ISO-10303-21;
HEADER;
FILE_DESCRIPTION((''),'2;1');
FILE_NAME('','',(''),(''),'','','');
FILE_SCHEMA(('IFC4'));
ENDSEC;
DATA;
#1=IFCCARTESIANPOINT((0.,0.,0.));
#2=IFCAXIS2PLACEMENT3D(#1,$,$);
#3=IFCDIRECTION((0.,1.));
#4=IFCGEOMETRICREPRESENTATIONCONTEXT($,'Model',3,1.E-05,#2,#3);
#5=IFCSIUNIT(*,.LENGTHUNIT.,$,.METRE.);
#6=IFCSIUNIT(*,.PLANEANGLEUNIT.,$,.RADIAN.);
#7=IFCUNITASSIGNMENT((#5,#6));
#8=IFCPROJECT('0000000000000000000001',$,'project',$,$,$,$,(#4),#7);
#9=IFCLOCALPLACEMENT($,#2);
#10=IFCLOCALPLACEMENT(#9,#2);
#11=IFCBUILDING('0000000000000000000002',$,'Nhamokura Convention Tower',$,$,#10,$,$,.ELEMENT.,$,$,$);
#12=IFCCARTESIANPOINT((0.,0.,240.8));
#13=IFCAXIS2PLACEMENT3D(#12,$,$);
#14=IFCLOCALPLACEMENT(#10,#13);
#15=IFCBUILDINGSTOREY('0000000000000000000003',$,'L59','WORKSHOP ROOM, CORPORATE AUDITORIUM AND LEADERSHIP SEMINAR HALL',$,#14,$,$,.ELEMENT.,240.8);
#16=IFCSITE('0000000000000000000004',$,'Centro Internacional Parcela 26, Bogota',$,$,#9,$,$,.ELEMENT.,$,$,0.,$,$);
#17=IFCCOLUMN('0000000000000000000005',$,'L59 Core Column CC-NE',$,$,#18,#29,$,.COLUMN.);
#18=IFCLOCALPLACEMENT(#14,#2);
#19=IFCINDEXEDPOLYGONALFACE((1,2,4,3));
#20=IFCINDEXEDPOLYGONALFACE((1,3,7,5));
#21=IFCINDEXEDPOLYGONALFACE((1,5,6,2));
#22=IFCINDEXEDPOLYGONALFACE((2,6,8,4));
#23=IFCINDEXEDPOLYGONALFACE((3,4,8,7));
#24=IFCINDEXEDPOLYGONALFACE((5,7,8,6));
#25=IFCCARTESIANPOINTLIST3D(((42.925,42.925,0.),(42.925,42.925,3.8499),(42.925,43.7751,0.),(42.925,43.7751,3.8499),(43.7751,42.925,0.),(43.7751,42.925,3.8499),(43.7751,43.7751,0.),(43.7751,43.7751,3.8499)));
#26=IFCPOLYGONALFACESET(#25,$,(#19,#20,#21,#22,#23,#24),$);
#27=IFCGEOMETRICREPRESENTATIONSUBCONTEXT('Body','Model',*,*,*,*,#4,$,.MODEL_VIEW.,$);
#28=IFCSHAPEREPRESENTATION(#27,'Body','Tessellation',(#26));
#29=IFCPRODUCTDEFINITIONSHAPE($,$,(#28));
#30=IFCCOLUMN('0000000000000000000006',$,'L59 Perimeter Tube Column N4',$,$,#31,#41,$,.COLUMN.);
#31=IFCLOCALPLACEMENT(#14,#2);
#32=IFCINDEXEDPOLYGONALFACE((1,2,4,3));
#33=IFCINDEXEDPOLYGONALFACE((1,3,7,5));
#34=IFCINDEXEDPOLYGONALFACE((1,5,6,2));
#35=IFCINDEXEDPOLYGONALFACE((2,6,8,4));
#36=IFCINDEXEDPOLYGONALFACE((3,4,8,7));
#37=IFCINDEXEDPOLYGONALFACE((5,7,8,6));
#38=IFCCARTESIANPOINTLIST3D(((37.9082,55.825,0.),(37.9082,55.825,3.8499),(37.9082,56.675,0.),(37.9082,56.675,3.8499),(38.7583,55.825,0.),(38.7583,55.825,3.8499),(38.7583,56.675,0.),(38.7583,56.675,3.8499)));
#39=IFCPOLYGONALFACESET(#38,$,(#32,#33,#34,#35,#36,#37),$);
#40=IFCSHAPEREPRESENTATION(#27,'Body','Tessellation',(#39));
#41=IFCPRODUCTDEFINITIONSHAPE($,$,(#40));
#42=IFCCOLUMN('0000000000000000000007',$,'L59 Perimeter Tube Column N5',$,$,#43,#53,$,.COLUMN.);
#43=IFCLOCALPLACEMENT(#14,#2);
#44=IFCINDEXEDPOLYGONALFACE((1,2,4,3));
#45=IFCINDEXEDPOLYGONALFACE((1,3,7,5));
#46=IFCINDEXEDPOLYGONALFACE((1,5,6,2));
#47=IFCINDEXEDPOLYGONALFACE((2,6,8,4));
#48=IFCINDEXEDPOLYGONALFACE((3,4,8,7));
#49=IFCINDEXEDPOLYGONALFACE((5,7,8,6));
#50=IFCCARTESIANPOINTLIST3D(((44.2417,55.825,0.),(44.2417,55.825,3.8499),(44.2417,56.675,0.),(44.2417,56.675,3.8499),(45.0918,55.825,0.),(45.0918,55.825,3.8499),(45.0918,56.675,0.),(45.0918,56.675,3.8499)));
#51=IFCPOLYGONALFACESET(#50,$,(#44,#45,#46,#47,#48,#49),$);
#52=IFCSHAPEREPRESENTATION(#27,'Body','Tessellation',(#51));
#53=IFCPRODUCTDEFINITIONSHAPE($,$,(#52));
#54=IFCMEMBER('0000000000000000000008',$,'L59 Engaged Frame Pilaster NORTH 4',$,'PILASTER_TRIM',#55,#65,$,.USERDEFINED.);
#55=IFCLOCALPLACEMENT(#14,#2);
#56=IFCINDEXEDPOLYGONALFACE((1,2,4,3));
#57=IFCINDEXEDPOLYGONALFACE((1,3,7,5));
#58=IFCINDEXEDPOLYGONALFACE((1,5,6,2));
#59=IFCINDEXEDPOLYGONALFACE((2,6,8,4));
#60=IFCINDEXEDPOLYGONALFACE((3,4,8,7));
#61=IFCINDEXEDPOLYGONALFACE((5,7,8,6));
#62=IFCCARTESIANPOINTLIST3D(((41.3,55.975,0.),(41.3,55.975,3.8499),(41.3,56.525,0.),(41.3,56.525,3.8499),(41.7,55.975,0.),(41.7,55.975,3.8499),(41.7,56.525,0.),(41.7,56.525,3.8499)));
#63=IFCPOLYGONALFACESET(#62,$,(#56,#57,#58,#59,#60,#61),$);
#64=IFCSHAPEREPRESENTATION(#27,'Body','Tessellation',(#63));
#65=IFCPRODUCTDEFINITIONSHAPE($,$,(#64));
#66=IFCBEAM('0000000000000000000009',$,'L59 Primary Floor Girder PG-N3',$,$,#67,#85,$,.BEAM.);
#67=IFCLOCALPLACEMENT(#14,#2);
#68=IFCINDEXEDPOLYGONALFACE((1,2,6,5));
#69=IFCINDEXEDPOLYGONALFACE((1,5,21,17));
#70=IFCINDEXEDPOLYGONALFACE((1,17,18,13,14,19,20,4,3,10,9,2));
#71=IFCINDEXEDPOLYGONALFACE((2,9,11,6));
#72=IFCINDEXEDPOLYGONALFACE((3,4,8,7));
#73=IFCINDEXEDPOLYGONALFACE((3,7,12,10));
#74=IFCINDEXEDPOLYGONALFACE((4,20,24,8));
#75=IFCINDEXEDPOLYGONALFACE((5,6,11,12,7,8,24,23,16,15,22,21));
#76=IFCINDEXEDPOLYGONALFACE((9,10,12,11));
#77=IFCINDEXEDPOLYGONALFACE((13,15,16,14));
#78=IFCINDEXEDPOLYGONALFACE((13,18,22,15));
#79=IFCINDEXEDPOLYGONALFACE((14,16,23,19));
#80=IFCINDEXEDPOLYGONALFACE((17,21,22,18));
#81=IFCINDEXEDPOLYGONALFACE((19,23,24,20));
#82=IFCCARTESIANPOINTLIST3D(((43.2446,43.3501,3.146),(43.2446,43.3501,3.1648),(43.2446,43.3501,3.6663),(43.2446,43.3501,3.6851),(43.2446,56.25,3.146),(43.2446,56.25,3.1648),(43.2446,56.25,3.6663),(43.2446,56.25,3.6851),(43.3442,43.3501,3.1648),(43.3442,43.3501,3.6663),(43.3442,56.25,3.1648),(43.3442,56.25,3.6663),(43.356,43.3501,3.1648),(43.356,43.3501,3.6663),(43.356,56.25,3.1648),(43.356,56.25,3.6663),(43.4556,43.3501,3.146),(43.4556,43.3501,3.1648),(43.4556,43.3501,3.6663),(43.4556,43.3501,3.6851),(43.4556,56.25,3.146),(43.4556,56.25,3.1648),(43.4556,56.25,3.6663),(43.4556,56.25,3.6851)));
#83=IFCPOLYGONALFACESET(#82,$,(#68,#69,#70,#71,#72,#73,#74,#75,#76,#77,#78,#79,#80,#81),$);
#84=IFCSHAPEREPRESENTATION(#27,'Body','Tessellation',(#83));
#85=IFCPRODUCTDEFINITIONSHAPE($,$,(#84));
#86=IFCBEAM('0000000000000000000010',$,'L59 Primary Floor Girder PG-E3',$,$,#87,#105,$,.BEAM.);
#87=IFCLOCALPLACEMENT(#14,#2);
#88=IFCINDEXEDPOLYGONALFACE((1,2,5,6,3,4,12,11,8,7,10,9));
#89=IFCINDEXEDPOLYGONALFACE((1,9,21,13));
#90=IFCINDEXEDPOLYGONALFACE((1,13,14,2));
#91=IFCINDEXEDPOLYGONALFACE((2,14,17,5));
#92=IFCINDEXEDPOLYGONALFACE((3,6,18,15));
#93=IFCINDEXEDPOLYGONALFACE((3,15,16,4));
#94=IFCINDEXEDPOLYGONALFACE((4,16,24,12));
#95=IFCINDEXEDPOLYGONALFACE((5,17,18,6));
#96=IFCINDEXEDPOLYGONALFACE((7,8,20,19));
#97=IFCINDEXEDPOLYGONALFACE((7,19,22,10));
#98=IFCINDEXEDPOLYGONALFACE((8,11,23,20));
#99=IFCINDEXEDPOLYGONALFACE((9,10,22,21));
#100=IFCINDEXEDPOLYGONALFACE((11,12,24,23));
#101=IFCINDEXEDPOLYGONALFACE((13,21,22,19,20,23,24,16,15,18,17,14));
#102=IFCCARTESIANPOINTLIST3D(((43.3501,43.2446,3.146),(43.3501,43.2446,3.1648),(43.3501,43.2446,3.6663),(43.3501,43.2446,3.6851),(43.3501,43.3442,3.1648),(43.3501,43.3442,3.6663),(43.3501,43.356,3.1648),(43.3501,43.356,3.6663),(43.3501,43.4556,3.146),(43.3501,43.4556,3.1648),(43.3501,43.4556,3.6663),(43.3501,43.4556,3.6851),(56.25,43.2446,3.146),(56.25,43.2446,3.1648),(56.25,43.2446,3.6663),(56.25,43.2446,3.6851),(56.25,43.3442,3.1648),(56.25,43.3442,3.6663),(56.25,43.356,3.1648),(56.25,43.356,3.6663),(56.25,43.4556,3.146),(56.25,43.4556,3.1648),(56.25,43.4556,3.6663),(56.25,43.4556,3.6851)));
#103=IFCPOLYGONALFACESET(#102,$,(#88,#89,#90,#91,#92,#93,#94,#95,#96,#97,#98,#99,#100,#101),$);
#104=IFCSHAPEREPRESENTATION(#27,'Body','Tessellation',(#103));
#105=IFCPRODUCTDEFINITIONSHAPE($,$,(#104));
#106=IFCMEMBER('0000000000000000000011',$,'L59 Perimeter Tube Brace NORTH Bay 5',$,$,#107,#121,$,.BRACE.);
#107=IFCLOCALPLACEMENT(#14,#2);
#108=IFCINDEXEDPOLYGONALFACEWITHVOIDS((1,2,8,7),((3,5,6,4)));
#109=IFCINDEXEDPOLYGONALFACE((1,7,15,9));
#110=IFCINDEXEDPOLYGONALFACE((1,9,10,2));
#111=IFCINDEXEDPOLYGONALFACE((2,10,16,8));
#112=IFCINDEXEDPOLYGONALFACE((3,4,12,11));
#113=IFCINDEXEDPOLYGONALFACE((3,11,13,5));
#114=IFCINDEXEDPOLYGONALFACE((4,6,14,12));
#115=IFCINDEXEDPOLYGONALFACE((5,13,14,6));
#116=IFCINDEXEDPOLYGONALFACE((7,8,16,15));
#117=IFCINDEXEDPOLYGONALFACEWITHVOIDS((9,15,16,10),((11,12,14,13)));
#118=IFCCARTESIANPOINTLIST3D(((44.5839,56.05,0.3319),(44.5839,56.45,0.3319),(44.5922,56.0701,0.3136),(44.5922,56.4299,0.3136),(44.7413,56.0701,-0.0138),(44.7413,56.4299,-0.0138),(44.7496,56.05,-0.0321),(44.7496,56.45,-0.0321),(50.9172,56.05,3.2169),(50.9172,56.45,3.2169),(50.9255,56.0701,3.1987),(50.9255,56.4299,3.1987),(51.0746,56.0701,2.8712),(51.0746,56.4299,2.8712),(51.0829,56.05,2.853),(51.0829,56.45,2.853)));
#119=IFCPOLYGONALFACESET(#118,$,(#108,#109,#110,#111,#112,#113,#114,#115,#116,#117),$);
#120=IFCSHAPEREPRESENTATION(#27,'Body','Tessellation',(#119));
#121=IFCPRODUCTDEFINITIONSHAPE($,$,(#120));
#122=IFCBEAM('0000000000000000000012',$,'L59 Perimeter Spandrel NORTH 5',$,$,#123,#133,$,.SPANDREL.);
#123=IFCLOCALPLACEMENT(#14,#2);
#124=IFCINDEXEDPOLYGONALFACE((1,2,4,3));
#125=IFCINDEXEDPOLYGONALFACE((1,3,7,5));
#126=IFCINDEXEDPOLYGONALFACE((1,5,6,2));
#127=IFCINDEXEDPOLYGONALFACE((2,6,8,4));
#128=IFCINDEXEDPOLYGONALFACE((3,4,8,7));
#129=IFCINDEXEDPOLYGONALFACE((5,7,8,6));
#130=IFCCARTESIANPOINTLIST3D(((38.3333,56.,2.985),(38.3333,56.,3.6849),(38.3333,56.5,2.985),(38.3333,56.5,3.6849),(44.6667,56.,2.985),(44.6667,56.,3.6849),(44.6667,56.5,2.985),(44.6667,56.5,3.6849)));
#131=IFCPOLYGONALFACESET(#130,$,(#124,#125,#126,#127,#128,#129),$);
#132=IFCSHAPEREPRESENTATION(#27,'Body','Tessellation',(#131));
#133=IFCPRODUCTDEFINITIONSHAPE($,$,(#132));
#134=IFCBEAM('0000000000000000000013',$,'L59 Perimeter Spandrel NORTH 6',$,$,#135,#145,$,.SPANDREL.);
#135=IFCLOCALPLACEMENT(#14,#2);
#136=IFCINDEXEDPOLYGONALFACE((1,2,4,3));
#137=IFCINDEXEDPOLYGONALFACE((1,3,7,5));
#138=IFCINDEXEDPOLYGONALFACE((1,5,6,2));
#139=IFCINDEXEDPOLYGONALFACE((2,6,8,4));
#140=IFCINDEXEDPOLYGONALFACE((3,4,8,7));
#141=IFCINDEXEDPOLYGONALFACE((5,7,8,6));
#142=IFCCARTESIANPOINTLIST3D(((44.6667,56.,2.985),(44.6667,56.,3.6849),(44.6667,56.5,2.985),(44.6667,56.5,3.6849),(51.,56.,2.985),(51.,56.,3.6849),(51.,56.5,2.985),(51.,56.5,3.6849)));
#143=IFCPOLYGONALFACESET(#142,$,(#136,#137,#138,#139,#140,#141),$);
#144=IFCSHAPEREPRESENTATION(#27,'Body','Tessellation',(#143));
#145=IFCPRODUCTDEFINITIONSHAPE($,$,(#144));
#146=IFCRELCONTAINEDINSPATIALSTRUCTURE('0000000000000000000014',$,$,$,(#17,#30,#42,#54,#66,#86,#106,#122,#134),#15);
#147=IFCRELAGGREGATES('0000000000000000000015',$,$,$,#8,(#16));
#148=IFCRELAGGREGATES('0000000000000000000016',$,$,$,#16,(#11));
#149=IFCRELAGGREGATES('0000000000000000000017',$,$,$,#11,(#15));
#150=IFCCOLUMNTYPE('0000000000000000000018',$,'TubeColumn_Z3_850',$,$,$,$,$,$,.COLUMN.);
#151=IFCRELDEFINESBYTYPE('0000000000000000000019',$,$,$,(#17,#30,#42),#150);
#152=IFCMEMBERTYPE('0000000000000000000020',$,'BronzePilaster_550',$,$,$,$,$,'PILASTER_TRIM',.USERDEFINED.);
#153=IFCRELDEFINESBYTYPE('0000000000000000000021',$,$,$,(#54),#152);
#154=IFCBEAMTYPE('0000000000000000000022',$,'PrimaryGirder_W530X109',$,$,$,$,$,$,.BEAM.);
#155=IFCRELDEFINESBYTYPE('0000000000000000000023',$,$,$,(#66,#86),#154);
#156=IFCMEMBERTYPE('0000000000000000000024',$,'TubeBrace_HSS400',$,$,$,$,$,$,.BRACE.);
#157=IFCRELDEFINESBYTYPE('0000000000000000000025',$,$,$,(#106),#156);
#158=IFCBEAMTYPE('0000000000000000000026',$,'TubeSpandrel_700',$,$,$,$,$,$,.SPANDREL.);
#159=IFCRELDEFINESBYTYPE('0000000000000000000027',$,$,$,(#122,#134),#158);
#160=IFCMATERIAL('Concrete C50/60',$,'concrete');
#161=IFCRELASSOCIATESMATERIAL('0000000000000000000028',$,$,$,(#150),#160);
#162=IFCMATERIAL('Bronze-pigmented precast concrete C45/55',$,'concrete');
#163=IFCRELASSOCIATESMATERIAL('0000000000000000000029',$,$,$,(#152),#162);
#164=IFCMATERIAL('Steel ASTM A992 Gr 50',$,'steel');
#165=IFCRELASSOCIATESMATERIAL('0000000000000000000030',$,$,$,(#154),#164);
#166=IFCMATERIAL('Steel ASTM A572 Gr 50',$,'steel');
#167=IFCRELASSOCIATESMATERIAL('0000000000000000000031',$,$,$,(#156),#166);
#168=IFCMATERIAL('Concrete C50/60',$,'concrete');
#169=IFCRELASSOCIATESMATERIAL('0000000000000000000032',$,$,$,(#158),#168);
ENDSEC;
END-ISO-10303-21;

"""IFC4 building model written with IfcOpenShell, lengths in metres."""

from ifc_helpers import new_model, si_unit, direction, frame, origin, origin_2d, place, context, subcontext, project, spatial, rectangle, hollow_rectangle, i_section, extrude, material, material_profile, profile_set, type_object, element, save


model = new_model("IFC4")

# Units and contexts
model_context = context("Model", 3, precision=1e-05, world=origin(), true_north=direction((0.0, 1.0)))
body_context = subcontext(model_context, "Body", "Model", "MODEL_VIEW")
ifc_project = project(units=[si_unit("LENGTHUNIT", "METRE"), si_unit("PLANEANGLEUNIT", "RADIAN")], contexts=[model_context])

# Site, building, storey
site_placement = place(None, origin())
site = spatial("IfcSite", under=ifc_project, at=site_placement, Name="Centro Internacional Parcela 26, Bogota", CompositionType="ELEMENT", RefElevation=0.0)
building_placement = place(site_placement, origin())
building = spatial("IfcBuilding", under=site, at=building_placement, Name="Nhamokura Convention Tower", CompositionType="ELEMENT")
storey_placement = place(building_placement, frame((0.0, 0.0, 240.8)))
storey = spatial("IfcBuildingStorey", under=building, at=storey_placement, Name="L59", Description="WORKSHOP ROOM, CORPORATE AUDITORIUM AND LEADERSHIP SEMINAR HALL", CompositionType="ELEMENT", Elevation=240.8)

# Columns
ifc_material_1 = material(Name="Concrete C50/60", Category="concrete")
ifc_material_profile_1 = material_profile(ifc_material_1, rectangle(XDim=0.8501, YDim=0.8501, at=origin_2d()))
ifc_profile_set_1 = profile_set([ifc_material_profile_1], Name="Concrete C50/60")
column_type = type_object("IfcColumnType", Name="TubeColumn_Z3_850", PredefinedType="COLUMN", material=ifc_profile_set_1)
for number, where, z_axis, x_axis, name in (
    (1, (43.3501, 43.3501, 0.0), (0.0, 0.0, 1.0), (1.0, 0.0, 0.0), "L59 Core Column CC-NE"),
    (2, (38.3333, 56.25, 0.0), (0.0, 0.0, 1.0), (1.0, 0.0, 0.0), "L59 Perimeter Tube Column N4"),
    (3, (44.6667, 56.25, 0.0), (0.0, 0.0, 1.0), (1.0, 0.0, 0.0), "L59 Perimeter Tube Column N5"),
):
    element("IfcColumn", number, at=place(storey_placement, frame(where, z_axis=z_axis, x_axis=x_axis)), inside=storey, type_object=column_type, Name=name, PredefinedType="COLUMN", context=body_context, shape_type="SweptSolid", body=[
        extrude(rectangle(XDim=0.8501, YDim=0.8501, at=origin_2d()), origin(), (0.0, 0.0, 1.0), 3.8499),
    ])

# Member
ifc_material_2 = material(Name="Bronze-pigmented precast concrete C45/55", Category="concrete")
ifc_material_profile_2 = material_profile(ifc_material_2, rectangle(XDim=0.3999, YDim=0.55, at=origin_2d()))
ifc_profile_set_2 = profile_set([ifc_material_profile_2], Name="Bronze-pigmented precast concrete C45/55")
member_type_1 = type_object("IfcMemberType", Name="BronzePilaster_550", ElementType="PILASTER_TRIM", PredefinedType="USERDEFINED", material=ifc_profile_set_2)
member_1_placement = place(storey_placement, frame((41.5, 56.25, 0.0), z_axis=(0.0, 0.0, 1.0), x_axis=(1.0, 0.0, 0.0)))
element("IfcMember", 4, at=member_1_placement, inside=storey, type_object=member_type_1, Name="L59 Engaged Frame Pilaster NORTH 4", ObjectType="PILASTER_TRIM", PredefinedType="USERDEFINED", context=body_context, shape_type="SweptSolid", body=[
    extrude(rectangle(XDim=0.3999, YDim=0.55, at=origin_2d()), origin(), (0.0, 0.0, 1.0), 3.8499),
])

# Beams
ifc_material_3 = material(Name="Steel ASTM A992 Gr 50", Category="steel")
ifc_material_profile_3 = material_profile(ifc_material_3, i_section(OverallWidth=0.2109, OverallDepth=0.5391, WebThickness=0.0117, FlangeThickness=0.0188, at=origin_2d()))
ifc_profile_set_3 = profile_set([ifc_material_profile_3], Name="Steel ASTM A992 Gr 50")
beam_type_1 = type_object("IfcBeamType", Name="PrimaryGirder_W530X109", PredefinedType="BEAM", material=ifc_profile_set_3)
for number, where, z_axis, x_axis, name in (
    (5, (43.3501, 43.3501, 3.4155), (0.0, 1.0, 0.0), (-1.0, 0.0, 0.0), "L59 Primary Floor Girder PG-N3"),
    (6, (43.3501, 43.3501, 3.4155), (1.0, 0.0, 0.0), (0.0, 1.0, 0.0), "L59 Primary Floor Girder PG-E3"),
):
    element("IfcBeam", number, at=place(storey_placement, frame(where, z_axis=z_axis, x_axis=x_axis)), inside=storey, type_object=beam_type_1, Name=name, PredefinedType="BEAM", context=body_context, shape_type="SweptSolid", body=[
        extrude(i_section(OverallWidth=0.2109, OverallDepth=0.5391, WebThickness=0.0117, FlangeThickness=0.0188, at=origin_2d()), origin(), (0.0, 0.0, 1.0), 12.8999),
    ])

# Member
ifc_material_4 = material(Name="Steel ASTM A572 Gr 50", Category="steel")
ifc_material_profile_4 = material_profile(ifc_material_4, hollow_rectangle(XDim=0.3999, YDim=0.3999, WallThickness=0.02, at=origin_2d()))
ifc_profile_set_4 = profile_set([ifc_material_profile_4], Name="Steel ASTM A572 Gr 50")
member_type_2 = type_object("IfcMemberType", Name="TubeBrace_HSS400", PredefinedType="BRACE", material=ifc_profile_set_4)
member_2_placement = place(storey_placement, frame((44.6667, 56.25, 0.1499), z_axis=(0.910027, 0.0, 0.414548), x_axis=(0.0, 1.0, 0.0)))
element("IfcMember", 7, at=member_2_placement, inside=storey, type_object=member_type_2, Name="L59 Perimeter Tube Brace NORTH Bay 5", PredefinedType="BRACE", context=body_context, shape_type="SweptSolid", body=[
    extrude(hollow_rectangle(XDim=0.3999, YDim=0.3999, WallThickness=0.02, at=origin_2d()), origin(), (0.0, 0.0, 1.0), 6.9595),
])

# Beams
ifc_material_5 = material(Name="Concrete C50/60", Category="concrete")
ifc_material_profile_5 = material_profile(ifc_material_5, rectangle(XDim=0.5, YDim=0.7, at=origin_2d()))
ifc_profile_set_5 = profile_set([ifc_material_profile_5], Name="Concrete C50/60")
beam_type_2 = type_object("IfcBeamType", Name="TubeSpandrel_700", PredefinedType="SPANDREL", material=ifc_profile_set_5)
beam_1_placement = place(storey_placement, frame((38.3333, 56.25, 3.335), z_axis=(1.0, 0.0, 0.0), x_axis=(0.0, 1.0, 0.0)))
element("IfcBeam", 8, at=beam_1_placement, inside=storey, type_object=beam_type_2, Name="L59 Perimeter Spandrel NORTH 5", PredefinedType="SPANDREL", context=body_context, shape_type="SweptSolid", body=[
    extrude(rectangle(XDim=0.5, YDim=0.7, at=origin_2d()), origin(), (0.0, 0.0, 1.0), 6.3335),
])
beam_2_placement = place(storey_placement, frame((44.6667, 56.25, 3.335), z_axis=(1.0, 0.0, 0.0), x_axis=(0.0, 1.0, 0.0)))
element("IfcBeam", 9, at=beam_2_placement, inside=storey, type_object=beam_type_2, Name="L59 Perimeter Spandrel NORTH 6", PredefinedType="SPANDREL", context=body_context, shape_type="SweptSolid", body=[
    extrude(rectangle(XDim=0.5, YDim=0.7, at=origin_2d()), origin(), (0.0, 0.0, 1.0), 6.3333),
])

save(model, "model.ifc")
